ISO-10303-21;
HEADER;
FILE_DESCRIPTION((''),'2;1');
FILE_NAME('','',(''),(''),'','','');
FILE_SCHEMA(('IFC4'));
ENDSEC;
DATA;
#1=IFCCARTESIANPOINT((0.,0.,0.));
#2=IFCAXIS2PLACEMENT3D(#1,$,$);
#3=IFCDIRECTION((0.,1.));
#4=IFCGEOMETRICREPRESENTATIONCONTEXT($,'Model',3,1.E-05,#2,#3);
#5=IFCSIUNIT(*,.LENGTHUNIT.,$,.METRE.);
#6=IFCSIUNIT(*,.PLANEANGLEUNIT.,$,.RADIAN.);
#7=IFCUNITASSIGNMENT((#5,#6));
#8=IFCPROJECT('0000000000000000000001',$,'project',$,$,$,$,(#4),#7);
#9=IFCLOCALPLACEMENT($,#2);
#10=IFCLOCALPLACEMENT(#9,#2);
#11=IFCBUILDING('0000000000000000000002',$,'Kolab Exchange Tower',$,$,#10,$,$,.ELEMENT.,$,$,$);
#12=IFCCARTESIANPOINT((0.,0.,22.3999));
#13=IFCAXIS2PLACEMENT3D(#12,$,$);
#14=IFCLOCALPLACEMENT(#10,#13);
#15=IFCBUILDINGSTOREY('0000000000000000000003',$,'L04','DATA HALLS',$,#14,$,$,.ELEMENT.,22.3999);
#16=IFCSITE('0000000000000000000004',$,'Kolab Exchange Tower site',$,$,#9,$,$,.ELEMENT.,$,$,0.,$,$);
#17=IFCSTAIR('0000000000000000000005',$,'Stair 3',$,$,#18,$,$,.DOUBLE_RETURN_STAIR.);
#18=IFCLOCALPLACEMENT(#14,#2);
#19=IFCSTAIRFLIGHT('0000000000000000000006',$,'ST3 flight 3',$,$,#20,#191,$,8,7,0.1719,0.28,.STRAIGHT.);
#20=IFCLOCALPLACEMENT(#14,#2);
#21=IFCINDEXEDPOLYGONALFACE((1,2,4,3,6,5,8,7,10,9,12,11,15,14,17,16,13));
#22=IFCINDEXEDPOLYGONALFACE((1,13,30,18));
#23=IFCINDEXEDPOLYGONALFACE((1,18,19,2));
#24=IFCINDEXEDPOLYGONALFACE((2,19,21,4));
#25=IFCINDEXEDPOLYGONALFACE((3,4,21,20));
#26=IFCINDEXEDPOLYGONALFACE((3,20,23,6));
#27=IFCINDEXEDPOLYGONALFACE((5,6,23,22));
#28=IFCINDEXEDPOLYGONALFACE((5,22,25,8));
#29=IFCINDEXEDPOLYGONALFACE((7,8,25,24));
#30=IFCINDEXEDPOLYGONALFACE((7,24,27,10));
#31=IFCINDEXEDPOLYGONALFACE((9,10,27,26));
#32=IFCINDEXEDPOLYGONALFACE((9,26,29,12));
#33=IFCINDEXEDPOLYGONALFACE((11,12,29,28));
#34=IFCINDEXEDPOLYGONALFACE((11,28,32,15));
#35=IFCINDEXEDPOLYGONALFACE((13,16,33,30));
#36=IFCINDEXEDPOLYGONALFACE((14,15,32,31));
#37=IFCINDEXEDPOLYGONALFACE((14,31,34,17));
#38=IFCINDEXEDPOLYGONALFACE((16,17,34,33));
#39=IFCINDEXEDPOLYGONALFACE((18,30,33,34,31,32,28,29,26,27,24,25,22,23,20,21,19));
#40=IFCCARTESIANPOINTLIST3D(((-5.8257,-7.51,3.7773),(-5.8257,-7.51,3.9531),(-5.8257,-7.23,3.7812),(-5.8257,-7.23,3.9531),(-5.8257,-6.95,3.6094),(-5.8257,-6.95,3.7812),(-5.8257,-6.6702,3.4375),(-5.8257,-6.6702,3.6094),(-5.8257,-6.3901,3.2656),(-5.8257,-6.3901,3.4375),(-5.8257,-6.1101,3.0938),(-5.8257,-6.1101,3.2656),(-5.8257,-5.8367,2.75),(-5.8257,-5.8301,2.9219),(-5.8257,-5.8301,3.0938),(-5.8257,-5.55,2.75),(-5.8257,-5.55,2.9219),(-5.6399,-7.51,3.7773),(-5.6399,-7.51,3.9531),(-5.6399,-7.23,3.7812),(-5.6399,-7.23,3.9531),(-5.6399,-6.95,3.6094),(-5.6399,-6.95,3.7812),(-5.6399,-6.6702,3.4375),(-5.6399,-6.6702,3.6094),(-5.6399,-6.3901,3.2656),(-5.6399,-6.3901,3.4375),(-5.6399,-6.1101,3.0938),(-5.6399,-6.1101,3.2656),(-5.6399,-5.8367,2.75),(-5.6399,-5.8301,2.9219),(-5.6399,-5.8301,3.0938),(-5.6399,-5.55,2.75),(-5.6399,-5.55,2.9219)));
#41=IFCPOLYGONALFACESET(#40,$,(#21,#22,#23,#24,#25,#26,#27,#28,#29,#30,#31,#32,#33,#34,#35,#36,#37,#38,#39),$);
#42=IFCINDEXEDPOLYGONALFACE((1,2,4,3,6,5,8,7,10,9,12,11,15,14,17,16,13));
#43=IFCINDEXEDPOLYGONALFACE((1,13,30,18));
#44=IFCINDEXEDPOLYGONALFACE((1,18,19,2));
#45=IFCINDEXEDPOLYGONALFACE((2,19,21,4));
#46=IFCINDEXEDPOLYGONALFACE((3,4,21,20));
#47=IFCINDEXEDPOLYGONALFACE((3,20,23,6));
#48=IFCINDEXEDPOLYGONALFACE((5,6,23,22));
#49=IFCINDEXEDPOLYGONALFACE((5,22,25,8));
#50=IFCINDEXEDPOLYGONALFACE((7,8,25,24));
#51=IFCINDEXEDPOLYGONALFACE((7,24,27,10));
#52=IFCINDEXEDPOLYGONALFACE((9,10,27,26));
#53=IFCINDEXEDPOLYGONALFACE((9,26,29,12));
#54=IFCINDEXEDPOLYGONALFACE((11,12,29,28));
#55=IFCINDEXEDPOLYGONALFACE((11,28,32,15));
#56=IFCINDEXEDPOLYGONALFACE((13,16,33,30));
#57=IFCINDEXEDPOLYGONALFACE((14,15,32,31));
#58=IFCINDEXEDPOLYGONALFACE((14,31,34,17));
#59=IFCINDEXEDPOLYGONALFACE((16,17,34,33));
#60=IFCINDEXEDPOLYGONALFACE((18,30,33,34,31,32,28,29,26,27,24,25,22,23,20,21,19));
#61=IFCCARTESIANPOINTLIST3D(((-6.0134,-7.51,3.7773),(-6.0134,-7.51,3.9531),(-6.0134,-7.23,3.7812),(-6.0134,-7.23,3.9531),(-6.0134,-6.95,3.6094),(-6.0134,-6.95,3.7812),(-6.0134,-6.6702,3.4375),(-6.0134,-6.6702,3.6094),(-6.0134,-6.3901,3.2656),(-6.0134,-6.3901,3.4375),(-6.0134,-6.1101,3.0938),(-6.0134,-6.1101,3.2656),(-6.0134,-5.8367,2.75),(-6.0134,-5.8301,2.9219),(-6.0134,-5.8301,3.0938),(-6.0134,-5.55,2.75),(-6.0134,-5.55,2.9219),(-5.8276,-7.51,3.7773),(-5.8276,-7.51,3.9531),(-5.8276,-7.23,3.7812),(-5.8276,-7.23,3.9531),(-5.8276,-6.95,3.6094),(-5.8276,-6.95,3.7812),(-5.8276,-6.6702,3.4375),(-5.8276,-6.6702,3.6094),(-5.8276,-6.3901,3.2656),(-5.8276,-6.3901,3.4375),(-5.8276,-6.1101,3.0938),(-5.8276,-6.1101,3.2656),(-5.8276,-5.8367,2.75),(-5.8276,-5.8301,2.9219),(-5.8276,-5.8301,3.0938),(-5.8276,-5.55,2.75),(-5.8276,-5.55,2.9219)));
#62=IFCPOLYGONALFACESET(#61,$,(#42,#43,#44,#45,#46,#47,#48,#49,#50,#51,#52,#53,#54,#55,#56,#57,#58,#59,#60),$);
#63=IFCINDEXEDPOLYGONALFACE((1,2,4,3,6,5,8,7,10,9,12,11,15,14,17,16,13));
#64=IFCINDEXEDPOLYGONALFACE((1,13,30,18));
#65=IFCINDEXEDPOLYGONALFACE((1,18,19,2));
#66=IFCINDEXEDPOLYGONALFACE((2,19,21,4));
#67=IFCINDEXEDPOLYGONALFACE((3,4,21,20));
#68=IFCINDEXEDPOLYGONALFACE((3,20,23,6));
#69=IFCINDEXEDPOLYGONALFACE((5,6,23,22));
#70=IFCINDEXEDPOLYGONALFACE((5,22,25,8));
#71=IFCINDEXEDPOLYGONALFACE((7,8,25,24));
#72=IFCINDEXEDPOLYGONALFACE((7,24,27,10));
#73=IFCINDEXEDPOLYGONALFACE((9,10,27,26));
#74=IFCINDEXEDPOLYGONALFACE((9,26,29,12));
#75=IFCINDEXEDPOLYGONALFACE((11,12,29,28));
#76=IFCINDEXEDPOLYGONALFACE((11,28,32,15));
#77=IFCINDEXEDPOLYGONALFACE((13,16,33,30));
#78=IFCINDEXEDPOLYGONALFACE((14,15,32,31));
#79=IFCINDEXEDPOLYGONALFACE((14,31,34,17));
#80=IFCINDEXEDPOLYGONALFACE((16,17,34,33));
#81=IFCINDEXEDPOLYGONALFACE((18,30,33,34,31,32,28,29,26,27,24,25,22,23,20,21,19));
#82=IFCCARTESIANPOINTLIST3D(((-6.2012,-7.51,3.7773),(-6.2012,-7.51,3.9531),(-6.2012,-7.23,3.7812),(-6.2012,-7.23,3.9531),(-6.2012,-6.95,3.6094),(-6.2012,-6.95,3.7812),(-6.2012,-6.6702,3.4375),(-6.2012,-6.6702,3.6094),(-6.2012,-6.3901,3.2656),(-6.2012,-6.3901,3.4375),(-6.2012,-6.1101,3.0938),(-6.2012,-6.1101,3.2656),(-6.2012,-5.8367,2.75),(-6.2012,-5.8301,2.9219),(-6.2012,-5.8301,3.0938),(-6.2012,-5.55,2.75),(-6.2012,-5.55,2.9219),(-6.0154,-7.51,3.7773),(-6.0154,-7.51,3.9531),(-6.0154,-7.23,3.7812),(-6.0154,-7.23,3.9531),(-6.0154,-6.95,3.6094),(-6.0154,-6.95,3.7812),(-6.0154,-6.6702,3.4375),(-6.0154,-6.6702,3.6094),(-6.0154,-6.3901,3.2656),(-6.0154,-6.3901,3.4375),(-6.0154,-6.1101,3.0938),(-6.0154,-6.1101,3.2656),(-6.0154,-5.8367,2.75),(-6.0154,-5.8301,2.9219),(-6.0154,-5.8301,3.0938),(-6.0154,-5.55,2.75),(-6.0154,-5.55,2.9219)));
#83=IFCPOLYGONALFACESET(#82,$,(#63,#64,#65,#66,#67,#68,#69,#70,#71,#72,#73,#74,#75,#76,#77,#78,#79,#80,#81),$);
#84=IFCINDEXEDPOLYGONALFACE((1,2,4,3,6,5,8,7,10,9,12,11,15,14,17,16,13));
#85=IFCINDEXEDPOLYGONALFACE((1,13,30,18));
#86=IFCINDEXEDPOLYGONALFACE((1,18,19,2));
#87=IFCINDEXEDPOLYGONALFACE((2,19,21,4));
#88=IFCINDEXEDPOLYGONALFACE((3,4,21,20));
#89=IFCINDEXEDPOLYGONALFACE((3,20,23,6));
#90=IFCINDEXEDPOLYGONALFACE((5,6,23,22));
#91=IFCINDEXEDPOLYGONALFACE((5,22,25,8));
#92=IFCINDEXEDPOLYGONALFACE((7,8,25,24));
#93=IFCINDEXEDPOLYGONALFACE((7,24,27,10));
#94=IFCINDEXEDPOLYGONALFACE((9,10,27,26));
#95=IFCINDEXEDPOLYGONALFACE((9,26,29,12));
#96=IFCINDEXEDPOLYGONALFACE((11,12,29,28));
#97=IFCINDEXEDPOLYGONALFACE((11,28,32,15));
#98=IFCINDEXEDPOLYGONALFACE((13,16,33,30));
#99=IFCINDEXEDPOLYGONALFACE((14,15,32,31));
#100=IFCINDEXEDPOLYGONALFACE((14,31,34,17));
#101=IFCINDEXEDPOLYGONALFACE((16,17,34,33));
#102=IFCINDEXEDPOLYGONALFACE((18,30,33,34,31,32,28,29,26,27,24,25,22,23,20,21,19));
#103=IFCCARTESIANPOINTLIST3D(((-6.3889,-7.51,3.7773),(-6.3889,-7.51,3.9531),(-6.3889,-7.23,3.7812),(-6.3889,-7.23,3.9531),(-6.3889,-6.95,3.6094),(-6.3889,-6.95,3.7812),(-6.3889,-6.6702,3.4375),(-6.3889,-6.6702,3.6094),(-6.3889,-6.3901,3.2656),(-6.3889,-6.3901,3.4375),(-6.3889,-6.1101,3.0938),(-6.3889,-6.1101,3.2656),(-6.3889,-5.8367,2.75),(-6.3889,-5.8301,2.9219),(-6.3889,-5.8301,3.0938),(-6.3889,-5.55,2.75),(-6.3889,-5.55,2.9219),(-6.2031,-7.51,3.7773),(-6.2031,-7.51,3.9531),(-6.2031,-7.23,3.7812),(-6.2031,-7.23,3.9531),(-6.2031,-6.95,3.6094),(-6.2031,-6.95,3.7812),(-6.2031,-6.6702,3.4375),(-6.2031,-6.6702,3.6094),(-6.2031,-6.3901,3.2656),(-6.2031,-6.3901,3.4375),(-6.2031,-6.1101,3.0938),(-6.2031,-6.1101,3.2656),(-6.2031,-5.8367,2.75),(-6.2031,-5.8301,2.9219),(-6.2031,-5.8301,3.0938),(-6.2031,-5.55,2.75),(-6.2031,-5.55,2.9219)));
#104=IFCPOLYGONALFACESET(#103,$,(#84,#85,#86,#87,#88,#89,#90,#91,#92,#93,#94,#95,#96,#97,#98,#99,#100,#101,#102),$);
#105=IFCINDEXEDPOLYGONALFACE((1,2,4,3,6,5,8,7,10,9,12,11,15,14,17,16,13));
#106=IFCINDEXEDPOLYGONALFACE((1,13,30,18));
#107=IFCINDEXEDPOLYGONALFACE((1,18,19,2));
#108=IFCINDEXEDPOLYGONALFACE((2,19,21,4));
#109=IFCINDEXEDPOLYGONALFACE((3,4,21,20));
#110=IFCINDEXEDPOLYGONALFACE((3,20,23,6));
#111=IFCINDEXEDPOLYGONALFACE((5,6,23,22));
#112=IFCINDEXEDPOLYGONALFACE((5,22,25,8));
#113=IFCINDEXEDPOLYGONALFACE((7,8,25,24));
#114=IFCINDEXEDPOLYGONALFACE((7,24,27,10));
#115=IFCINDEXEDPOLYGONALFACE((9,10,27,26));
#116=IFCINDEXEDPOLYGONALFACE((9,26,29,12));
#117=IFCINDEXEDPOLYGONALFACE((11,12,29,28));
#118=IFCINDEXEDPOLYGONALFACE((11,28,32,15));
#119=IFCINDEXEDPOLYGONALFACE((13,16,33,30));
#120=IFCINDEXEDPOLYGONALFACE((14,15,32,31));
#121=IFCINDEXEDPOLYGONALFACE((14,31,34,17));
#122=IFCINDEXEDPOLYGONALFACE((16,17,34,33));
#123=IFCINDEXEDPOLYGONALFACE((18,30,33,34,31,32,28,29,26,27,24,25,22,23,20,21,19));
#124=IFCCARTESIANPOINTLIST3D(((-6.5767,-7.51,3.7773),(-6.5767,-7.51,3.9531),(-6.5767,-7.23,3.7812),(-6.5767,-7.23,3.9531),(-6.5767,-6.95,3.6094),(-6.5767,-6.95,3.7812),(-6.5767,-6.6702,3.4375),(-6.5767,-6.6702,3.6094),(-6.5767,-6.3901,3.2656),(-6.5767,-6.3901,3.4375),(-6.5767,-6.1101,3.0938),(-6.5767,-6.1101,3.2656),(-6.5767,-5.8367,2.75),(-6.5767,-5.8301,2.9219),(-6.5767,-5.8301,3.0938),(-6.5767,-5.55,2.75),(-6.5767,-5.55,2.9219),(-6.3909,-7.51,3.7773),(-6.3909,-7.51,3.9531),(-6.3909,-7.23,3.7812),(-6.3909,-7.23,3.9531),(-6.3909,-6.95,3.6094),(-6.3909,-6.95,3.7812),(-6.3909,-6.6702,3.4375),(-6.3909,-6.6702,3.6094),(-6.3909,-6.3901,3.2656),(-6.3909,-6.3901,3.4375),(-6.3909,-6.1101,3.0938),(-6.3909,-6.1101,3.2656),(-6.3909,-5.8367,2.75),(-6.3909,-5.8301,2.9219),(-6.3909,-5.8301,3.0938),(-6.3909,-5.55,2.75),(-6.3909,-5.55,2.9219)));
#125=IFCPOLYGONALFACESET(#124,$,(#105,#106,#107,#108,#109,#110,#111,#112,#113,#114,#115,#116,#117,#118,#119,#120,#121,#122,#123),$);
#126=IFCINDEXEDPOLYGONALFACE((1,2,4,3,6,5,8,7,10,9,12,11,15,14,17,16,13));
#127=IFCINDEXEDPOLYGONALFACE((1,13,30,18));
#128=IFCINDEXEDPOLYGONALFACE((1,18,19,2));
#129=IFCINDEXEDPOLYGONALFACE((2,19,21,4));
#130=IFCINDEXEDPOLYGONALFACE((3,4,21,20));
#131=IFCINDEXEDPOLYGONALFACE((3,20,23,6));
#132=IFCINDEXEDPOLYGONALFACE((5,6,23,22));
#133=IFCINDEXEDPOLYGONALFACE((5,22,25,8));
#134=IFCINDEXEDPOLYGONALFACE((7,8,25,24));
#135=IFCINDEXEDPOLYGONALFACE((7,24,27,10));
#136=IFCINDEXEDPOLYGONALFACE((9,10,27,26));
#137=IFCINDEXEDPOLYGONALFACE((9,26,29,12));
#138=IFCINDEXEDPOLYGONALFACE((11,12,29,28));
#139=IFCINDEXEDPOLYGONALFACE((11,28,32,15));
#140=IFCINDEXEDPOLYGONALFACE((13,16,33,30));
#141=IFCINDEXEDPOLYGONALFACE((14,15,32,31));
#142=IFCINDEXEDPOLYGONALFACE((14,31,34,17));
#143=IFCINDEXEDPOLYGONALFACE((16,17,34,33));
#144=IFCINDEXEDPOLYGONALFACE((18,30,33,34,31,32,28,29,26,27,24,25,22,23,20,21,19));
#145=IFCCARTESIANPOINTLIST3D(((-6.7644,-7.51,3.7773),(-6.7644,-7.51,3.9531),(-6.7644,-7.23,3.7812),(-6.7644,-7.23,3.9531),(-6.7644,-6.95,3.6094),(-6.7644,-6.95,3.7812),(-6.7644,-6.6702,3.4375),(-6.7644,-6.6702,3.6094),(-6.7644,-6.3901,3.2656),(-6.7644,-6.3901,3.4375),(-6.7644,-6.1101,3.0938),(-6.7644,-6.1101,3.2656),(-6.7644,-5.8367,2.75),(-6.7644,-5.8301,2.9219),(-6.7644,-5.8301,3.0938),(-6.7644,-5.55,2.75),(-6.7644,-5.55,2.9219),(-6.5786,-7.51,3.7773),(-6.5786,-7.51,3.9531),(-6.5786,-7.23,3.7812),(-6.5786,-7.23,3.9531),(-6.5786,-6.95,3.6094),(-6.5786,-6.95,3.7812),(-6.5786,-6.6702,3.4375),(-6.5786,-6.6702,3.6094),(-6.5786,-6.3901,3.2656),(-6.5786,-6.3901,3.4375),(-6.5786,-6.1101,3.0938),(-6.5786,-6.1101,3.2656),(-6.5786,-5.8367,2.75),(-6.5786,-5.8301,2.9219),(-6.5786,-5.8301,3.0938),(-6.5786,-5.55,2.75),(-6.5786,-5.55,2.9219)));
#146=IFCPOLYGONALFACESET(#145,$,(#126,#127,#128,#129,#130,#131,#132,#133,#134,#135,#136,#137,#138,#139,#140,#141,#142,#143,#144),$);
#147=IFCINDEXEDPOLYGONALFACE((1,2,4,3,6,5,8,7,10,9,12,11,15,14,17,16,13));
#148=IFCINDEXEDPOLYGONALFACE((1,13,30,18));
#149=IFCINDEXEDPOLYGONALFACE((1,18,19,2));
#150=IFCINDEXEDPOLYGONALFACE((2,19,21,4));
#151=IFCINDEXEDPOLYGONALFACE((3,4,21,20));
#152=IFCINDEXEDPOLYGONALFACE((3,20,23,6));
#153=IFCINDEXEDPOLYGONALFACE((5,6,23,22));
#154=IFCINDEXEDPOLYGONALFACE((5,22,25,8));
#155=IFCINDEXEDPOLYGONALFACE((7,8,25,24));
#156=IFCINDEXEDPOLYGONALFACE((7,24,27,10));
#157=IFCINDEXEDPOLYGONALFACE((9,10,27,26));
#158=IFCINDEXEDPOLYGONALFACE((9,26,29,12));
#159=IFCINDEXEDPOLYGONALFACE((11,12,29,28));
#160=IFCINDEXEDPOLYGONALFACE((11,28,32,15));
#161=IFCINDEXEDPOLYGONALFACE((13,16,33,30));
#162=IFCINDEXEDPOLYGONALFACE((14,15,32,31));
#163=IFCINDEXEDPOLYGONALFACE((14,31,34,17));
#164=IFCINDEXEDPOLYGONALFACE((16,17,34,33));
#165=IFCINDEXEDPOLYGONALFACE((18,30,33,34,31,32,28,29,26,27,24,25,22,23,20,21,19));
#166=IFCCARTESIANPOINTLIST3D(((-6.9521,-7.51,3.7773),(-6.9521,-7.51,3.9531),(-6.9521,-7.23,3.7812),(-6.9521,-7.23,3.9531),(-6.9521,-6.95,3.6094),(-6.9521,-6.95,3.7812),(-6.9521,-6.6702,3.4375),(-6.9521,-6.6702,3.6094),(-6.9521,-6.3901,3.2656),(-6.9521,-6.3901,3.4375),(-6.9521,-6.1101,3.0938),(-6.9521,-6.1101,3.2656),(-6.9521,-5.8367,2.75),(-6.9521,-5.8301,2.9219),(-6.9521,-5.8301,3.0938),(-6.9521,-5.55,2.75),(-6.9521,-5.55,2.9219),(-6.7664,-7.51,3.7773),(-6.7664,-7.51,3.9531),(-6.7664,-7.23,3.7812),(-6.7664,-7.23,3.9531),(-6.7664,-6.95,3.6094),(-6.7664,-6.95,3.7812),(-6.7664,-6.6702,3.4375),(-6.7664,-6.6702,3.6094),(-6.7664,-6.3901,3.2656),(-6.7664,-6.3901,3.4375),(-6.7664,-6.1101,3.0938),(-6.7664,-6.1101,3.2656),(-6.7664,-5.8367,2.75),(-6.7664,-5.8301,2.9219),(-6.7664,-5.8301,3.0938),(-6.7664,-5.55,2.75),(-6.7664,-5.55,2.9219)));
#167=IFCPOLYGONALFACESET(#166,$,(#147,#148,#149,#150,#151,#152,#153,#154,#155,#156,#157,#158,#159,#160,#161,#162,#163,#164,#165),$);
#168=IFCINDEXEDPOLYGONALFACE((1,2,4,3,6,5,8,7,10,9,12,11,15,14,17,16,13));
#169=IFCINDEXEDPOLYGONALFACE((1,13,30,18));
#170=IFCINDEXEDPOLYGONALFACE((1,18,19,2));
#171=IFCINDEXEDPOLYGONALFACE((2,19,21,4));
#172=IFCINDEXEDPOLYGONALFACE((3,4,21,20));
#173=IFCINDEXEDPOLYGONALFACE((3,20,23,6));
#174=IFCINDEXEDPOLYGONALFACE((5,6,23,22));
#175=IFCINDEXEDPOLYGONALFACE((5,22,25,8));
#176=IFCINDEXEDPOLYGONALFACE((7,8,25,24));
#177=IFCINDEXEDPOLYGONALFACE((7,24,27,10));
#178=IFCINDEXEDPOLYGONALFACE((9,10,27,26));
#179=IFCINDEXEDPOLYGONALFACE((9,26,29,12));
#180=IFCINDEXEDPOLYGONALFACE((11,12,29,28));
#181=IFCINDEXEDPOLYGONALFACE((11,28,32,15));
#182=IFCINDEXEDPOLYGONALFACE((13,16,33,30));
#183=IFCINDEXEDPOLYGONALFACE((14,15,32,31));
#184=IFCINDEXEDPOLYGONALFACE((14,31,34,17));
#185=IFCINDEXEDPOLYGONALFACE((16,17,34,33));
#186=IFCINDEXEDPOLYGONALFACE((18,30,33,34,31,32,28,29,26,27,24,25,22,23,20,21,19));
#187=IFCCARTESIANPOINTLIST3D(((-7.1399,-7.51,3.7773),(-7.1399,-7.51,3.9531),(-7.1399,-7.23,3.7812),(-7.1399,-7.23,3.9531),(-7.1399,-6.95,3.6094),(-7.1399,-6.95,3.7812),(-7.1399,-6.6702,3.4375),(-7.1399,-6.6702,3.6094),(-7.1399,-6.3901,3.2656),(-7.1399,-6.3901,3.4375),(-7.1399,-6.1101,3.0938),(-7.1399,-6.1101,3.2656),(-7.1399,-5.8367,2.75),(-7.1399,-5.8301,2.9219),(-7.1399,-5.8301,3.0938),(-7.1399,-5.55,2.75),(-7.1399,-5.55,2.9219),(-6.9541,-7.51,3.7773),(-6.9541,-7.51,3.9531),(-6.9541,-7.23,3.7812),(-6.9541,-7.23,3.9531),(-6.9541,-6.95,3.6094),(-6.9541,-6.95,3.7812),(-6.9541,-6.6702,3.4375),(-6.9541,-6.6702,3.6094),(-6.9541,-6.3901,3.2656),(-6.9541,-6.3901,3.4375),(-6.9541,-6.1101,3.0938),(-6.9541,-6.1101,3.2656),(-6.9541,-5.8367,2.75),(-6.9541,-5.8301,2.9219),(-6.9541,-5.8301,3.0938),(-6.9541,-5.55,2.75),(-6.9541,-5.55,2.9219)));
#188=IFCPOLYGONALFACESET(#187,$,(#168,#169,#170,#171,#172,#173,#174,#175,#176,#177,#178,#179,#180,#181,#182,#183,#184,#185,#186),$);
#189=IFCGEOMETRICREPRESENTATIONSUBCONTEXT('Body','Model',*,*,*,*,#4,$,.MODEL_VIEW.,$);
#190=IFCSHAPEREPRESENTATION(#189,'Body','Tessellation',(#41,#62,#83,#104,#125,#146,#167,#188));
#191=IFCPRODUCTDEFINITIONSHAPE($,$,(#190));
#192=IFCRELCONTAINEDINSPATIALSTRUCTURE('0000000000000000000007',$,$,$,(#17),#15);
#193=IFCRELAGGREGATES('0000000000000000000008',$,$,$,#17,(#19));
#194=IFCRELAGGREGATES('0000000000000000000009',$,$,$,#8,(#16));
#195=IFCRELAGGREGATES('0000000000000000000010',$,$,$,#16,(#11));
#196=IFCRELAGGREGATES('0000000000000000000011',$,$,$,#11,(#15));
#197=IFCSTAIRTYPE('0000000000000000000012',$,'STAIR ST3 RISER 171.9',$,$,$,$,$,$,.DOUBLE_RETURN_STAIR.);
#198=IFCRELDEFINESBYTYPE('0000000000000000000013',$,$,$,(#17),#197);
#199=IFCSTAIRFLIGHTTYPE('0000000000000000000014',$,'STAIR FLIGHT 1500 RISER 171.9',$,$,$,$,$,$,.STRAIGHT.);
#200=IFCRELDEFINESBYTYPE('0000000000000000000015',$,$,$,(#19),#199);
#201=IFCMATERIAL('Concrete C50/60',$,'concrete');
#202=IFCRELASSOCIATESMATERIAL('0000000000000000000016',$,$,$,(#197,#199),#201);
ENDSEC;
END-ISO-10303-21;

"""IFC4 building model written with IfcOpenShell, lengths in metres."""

from ifc_helpers import new_model, si_unit, direction, frame, origin, place, context, subcontext, project, spatial, polyline, outline, extrude, material, type_object, element, aggregate, save


model = new_model("IFC4")

# Units and contexts
model_context = context("Model", 3, precision=1e-05, world=origin(), true_north=direction((0.0, 1.0)))
body_context = subcontext(model_context, "Body", "Model", "MODEL_VIEW")
ifc_project = project(units=[si_unit("LENGTHUNIT", "METRE"), si_unit("PLANEANGLEUNIT", "RADIAN")], contexts=[model_context])

# Site, building, storey
site_placement = place(None, origin())
site = spatial("IfcSite", under=ifc_project, at=site_placement, Name="Kolab Exchange Tower site", CompositionType="ELEMENT", RefElevation=0.0)
building_placement = place(site_placement, origin())
building = spatial("IfcBuilding", under=site, at=building_placement, Name="Kolab Exchange Tower", CompositionType="ELEMENT")
storey_placement = place(building_placement, frame((0.0, 0.0, 22.3999)))
storey = spatial("IfcBuildingStorey", under=building, at=storey_placement, Name="L04", Description="DATA HALLS", CompositionType="ELEMENT", Elevation=22.3999)

# Shared definitions
ifc_material_1 = material(Name="Concrete C50/60", Category="concrete")

# Stair, stair flight
stair_type = type_object("IfcStairType", Name="STAIR ST3 RISER 171.9", PredefinedType="DOUBLE_RETURN_STAIR", material=ifc_material_1)
stair_placement = place(storey_placement, origin())
stair = element("IfcStair", 1, at=stair_placement, inside=storey, type_object=stair_type, Name="Stair 3", PredefinedType="DOUBLE_RETURN_STAIR")
stair_flight_type = type_object("IfcStairFlightType", Name="STAIR FLIGHT 1500 RISER 171.9", PredefinedType="STRAIGHT", material=ifc_material_1)
stair_flight_1_placement = place(storey_placement, frame((-6.3899, -5.55, 2.75), z_axis=(0.0, 0.0, 1.0), x_axis=(0.0, -1.0, 0.0)))
stair_flight_1 = element("IfcStairFlight", 2, at=stair_flight_1_placement, type_object=stair_flight_type, Name="ST3 flight 3", NumberOfRisers=8, NumberOfTreads=7, PredefinedType="STRAIGHT", RiserHeight=0.1719, TreadLength=0.28, context=body_context, shape_type="SweptSolid", body=[
    extrude(outline(polyline([(0.0, 0.0), (0.0, 0.1719), (0.28, 0.1719), (0.28, 0.3438), (0.5601, 0.3438), (0.5601, 0.5156), (0.8401, 0.5156), (0.8401, 0.6875), (1.1201, 0.6875), (1.1201, 0.8594), (1.3999, 0.8594), (1.3999, 1.0312), (1.6799, 1.0312), (1.6799, 1.2031), (1.96, 1.2031), (1.96, 1.375), (1.96, 1.0273), (0.2866, 0.0), (0.0, 0.0)])), frame((0.0, 0.75, 0.0), z_axis=(0.0, -1.0, 0.0), x_axis=(1.0, 0.0, 0.0)), (0.0, 0.0, 1.0), 0.1858),
    extrude(outline(polyline([(0.0, 0.0), (0.0, 0.1719), (0.28, 0.1719), (0.28, 0.3438), (0.5601, 0.3438), (0.5601, 0.5156), (0.8401, 0.5156), (0.8401, 0.6875), (1.1201, 0.6875), (1.1201, 0.8594), (1.3999, 0.8594), (1.3999, 1.0312), (1.6799, 1.0312), (1.6799, 1.2031), (1.96, 1.2031), (1.96, 1.375), (1.96, 1.0273), (0.2866, 0.0), (0.0, 0.0)])), frame((0.0, 0.5623, 0.0), z_axis=(0.0, -1.0, 0.0), x_axis=(1.0, 0.0, 0.0)), (0.0, 0.0, 1.0), 0.1858),
    extrude(outline(polyline([(0.0, 0.0), (0.0, 0.1719), (0.28, 0.1719), (0.28, 0.3438), (0.5601, 0.3438), (0.5601, 0.5156), (0.8401, 0.5156), (0.8401, 0.6875), (1.1201, 0.6875), (1.1201, 0.8594), (1.3999, 0.8594), (1.3999, 1.0312), (1.6799, 1.0312), (1.6799, 1.2031), (1.96, 1.2031), (1.96, 1.375), (1.96, 1.0273), (0.2866, 0.0), (0.0, 0.0)])), frame((0.0, 0.3745, 0.0), z_axis=(0.0, -1.0, 0.0), x_axis=(1.0, 0.0, 0.0)), (0.0, 0.0, 1.0), 0.1858),
    extrude(outline(polyline([(0.0, 0.0), (0.0, 0.1719), (0.28, 0.1719), (0.28, 0.3438), (0.5601, 0.3438), (0.5601, 0.5156), (0.8401, 0.5156), (0.8401, 0.6875), (1.1201, 0.6875), (1.1201, 0.8594), (1.3999, 0.8594), (1.3999, 1.0312), (1.6799, 1.0312), (1.6799, 1.2031), (1.96, 1.2031), (1.96, 1.375), (1.96, 1.0273), (0.2866, 0.0), (0.0, 0.0)])), frame((0.0, 0.1868, 0.0), z_axis=(0.0, -1.0, 0.0), x_axis=(1.0, 0.0, 0.0)), (0.0, 0.0, 1.0), 0.1858),
    extrude(outline(polyline([(0.0, 0.0), (0.0, 0.1719), (0.28, 0.1719), (0.28, 0.3438), (0.5601, 0.3438), (0.5601, 0.5156), (0.8401, 0.5156), (0.8401, 0.6875), (1.1201, 0.6875), (1.1201, 0.8594), (1.3999, 0.8594), (1.3999, 1.0312), (1.6799, 1.0312), (1.6799, 1.2031), (1.96, 1.2031), (1.96, 1.375), (1.96, 1.0273), (0.2866, 0.0), (0.0, 0.0)])), frame((0.0, -0.001, 0.0), z_axis=(0.0, -1.0, 0.0), x_axis=(1.0, 0.0, 0.0)), (0.0, 0.0, 1.0), 0.1858),
    extrude(outline(polyline([(0.0, 0.0), (0.0, 0.1719), (0.28, 0.1719), (0.28, 0.3438), (0.5601, 0.3438), (0.5601, 0.5156), (0.8401, 0.5156), (0.8401, 0.6875), (1.1201, 0.6875), (1.1201, 0.8594), (1.3999, 0.8594), (1.3999, 1.0312), (1.6799, 1.0312), (1.6799, 1.2031), (1.96, 1.2031), (1.96, 1.375), (1.96, 1.0273), (0.2866, 0.0), (0.0, 0.0)])), frame((0.0, -0.1887, 0.0), z_axis=(0.0, -1.0, 0.0), x_axis=(1.0, 0.0, 0.0)), (0.0, 0.0, 1.0), 0.1858),
    extrude(outline(polyline([(0.0, 0.0), (0.0, 0.1719), (0.28, 0.1719), (0.28, 0.3438), (0.5601, 0.3438), (0.5601, 0.5156), (0.8401, 0.5156), (0.8401, 0.6875), (1.1201, 0.6875), (1.1201, 0.8594), (1.3999, 0.8594), (1.3999, 1.0312), (1.6799, 1.0312), (1.6799, 1.2031), (1.96, 1.2031), (1.96, 1.375), (1.96, 1.0273), (0.2866, 0.0), (0.0, 0.0)])), frame((0.0, -0.3765, 0.0), z_axis=(0.0, -1.0, 0.0), x_axis=(1.0, 0.0, 0.0)), (0.0, 0.0, 1.0), 0.1858),
    extrude(outline(polyline([(0.0, 0.0), (0.0, 0.1719), (0.28, 0.1719), (0.28, 0.3438), (0.5601, 0.3438), (0.5601, 0.5156), (0.8401, 0.5156), (0.8401, 0.6875), (1.1201, 0.6875), (1.1201, 0.8594), (1.3999, 0.8594), (1.3999, 1.0312), (1.6799, 1.0312), (1.6799, 1.2031), (1.96, 1.2031), (1.96, 1.375), (1.96, 1.0273), (0.2866, 0.0), (0.0, 0.0)])), frame((0.0, -0.5642, 0.0), z_axis=(0.0, -1.0, 0.0), x_axis=(1.0, 0.0, 0.0)), (0.0, 0.0, 1.0), 0.1858),
])
aggregate(stair, [stair_flight_1])

save(model, "model.ifc")
